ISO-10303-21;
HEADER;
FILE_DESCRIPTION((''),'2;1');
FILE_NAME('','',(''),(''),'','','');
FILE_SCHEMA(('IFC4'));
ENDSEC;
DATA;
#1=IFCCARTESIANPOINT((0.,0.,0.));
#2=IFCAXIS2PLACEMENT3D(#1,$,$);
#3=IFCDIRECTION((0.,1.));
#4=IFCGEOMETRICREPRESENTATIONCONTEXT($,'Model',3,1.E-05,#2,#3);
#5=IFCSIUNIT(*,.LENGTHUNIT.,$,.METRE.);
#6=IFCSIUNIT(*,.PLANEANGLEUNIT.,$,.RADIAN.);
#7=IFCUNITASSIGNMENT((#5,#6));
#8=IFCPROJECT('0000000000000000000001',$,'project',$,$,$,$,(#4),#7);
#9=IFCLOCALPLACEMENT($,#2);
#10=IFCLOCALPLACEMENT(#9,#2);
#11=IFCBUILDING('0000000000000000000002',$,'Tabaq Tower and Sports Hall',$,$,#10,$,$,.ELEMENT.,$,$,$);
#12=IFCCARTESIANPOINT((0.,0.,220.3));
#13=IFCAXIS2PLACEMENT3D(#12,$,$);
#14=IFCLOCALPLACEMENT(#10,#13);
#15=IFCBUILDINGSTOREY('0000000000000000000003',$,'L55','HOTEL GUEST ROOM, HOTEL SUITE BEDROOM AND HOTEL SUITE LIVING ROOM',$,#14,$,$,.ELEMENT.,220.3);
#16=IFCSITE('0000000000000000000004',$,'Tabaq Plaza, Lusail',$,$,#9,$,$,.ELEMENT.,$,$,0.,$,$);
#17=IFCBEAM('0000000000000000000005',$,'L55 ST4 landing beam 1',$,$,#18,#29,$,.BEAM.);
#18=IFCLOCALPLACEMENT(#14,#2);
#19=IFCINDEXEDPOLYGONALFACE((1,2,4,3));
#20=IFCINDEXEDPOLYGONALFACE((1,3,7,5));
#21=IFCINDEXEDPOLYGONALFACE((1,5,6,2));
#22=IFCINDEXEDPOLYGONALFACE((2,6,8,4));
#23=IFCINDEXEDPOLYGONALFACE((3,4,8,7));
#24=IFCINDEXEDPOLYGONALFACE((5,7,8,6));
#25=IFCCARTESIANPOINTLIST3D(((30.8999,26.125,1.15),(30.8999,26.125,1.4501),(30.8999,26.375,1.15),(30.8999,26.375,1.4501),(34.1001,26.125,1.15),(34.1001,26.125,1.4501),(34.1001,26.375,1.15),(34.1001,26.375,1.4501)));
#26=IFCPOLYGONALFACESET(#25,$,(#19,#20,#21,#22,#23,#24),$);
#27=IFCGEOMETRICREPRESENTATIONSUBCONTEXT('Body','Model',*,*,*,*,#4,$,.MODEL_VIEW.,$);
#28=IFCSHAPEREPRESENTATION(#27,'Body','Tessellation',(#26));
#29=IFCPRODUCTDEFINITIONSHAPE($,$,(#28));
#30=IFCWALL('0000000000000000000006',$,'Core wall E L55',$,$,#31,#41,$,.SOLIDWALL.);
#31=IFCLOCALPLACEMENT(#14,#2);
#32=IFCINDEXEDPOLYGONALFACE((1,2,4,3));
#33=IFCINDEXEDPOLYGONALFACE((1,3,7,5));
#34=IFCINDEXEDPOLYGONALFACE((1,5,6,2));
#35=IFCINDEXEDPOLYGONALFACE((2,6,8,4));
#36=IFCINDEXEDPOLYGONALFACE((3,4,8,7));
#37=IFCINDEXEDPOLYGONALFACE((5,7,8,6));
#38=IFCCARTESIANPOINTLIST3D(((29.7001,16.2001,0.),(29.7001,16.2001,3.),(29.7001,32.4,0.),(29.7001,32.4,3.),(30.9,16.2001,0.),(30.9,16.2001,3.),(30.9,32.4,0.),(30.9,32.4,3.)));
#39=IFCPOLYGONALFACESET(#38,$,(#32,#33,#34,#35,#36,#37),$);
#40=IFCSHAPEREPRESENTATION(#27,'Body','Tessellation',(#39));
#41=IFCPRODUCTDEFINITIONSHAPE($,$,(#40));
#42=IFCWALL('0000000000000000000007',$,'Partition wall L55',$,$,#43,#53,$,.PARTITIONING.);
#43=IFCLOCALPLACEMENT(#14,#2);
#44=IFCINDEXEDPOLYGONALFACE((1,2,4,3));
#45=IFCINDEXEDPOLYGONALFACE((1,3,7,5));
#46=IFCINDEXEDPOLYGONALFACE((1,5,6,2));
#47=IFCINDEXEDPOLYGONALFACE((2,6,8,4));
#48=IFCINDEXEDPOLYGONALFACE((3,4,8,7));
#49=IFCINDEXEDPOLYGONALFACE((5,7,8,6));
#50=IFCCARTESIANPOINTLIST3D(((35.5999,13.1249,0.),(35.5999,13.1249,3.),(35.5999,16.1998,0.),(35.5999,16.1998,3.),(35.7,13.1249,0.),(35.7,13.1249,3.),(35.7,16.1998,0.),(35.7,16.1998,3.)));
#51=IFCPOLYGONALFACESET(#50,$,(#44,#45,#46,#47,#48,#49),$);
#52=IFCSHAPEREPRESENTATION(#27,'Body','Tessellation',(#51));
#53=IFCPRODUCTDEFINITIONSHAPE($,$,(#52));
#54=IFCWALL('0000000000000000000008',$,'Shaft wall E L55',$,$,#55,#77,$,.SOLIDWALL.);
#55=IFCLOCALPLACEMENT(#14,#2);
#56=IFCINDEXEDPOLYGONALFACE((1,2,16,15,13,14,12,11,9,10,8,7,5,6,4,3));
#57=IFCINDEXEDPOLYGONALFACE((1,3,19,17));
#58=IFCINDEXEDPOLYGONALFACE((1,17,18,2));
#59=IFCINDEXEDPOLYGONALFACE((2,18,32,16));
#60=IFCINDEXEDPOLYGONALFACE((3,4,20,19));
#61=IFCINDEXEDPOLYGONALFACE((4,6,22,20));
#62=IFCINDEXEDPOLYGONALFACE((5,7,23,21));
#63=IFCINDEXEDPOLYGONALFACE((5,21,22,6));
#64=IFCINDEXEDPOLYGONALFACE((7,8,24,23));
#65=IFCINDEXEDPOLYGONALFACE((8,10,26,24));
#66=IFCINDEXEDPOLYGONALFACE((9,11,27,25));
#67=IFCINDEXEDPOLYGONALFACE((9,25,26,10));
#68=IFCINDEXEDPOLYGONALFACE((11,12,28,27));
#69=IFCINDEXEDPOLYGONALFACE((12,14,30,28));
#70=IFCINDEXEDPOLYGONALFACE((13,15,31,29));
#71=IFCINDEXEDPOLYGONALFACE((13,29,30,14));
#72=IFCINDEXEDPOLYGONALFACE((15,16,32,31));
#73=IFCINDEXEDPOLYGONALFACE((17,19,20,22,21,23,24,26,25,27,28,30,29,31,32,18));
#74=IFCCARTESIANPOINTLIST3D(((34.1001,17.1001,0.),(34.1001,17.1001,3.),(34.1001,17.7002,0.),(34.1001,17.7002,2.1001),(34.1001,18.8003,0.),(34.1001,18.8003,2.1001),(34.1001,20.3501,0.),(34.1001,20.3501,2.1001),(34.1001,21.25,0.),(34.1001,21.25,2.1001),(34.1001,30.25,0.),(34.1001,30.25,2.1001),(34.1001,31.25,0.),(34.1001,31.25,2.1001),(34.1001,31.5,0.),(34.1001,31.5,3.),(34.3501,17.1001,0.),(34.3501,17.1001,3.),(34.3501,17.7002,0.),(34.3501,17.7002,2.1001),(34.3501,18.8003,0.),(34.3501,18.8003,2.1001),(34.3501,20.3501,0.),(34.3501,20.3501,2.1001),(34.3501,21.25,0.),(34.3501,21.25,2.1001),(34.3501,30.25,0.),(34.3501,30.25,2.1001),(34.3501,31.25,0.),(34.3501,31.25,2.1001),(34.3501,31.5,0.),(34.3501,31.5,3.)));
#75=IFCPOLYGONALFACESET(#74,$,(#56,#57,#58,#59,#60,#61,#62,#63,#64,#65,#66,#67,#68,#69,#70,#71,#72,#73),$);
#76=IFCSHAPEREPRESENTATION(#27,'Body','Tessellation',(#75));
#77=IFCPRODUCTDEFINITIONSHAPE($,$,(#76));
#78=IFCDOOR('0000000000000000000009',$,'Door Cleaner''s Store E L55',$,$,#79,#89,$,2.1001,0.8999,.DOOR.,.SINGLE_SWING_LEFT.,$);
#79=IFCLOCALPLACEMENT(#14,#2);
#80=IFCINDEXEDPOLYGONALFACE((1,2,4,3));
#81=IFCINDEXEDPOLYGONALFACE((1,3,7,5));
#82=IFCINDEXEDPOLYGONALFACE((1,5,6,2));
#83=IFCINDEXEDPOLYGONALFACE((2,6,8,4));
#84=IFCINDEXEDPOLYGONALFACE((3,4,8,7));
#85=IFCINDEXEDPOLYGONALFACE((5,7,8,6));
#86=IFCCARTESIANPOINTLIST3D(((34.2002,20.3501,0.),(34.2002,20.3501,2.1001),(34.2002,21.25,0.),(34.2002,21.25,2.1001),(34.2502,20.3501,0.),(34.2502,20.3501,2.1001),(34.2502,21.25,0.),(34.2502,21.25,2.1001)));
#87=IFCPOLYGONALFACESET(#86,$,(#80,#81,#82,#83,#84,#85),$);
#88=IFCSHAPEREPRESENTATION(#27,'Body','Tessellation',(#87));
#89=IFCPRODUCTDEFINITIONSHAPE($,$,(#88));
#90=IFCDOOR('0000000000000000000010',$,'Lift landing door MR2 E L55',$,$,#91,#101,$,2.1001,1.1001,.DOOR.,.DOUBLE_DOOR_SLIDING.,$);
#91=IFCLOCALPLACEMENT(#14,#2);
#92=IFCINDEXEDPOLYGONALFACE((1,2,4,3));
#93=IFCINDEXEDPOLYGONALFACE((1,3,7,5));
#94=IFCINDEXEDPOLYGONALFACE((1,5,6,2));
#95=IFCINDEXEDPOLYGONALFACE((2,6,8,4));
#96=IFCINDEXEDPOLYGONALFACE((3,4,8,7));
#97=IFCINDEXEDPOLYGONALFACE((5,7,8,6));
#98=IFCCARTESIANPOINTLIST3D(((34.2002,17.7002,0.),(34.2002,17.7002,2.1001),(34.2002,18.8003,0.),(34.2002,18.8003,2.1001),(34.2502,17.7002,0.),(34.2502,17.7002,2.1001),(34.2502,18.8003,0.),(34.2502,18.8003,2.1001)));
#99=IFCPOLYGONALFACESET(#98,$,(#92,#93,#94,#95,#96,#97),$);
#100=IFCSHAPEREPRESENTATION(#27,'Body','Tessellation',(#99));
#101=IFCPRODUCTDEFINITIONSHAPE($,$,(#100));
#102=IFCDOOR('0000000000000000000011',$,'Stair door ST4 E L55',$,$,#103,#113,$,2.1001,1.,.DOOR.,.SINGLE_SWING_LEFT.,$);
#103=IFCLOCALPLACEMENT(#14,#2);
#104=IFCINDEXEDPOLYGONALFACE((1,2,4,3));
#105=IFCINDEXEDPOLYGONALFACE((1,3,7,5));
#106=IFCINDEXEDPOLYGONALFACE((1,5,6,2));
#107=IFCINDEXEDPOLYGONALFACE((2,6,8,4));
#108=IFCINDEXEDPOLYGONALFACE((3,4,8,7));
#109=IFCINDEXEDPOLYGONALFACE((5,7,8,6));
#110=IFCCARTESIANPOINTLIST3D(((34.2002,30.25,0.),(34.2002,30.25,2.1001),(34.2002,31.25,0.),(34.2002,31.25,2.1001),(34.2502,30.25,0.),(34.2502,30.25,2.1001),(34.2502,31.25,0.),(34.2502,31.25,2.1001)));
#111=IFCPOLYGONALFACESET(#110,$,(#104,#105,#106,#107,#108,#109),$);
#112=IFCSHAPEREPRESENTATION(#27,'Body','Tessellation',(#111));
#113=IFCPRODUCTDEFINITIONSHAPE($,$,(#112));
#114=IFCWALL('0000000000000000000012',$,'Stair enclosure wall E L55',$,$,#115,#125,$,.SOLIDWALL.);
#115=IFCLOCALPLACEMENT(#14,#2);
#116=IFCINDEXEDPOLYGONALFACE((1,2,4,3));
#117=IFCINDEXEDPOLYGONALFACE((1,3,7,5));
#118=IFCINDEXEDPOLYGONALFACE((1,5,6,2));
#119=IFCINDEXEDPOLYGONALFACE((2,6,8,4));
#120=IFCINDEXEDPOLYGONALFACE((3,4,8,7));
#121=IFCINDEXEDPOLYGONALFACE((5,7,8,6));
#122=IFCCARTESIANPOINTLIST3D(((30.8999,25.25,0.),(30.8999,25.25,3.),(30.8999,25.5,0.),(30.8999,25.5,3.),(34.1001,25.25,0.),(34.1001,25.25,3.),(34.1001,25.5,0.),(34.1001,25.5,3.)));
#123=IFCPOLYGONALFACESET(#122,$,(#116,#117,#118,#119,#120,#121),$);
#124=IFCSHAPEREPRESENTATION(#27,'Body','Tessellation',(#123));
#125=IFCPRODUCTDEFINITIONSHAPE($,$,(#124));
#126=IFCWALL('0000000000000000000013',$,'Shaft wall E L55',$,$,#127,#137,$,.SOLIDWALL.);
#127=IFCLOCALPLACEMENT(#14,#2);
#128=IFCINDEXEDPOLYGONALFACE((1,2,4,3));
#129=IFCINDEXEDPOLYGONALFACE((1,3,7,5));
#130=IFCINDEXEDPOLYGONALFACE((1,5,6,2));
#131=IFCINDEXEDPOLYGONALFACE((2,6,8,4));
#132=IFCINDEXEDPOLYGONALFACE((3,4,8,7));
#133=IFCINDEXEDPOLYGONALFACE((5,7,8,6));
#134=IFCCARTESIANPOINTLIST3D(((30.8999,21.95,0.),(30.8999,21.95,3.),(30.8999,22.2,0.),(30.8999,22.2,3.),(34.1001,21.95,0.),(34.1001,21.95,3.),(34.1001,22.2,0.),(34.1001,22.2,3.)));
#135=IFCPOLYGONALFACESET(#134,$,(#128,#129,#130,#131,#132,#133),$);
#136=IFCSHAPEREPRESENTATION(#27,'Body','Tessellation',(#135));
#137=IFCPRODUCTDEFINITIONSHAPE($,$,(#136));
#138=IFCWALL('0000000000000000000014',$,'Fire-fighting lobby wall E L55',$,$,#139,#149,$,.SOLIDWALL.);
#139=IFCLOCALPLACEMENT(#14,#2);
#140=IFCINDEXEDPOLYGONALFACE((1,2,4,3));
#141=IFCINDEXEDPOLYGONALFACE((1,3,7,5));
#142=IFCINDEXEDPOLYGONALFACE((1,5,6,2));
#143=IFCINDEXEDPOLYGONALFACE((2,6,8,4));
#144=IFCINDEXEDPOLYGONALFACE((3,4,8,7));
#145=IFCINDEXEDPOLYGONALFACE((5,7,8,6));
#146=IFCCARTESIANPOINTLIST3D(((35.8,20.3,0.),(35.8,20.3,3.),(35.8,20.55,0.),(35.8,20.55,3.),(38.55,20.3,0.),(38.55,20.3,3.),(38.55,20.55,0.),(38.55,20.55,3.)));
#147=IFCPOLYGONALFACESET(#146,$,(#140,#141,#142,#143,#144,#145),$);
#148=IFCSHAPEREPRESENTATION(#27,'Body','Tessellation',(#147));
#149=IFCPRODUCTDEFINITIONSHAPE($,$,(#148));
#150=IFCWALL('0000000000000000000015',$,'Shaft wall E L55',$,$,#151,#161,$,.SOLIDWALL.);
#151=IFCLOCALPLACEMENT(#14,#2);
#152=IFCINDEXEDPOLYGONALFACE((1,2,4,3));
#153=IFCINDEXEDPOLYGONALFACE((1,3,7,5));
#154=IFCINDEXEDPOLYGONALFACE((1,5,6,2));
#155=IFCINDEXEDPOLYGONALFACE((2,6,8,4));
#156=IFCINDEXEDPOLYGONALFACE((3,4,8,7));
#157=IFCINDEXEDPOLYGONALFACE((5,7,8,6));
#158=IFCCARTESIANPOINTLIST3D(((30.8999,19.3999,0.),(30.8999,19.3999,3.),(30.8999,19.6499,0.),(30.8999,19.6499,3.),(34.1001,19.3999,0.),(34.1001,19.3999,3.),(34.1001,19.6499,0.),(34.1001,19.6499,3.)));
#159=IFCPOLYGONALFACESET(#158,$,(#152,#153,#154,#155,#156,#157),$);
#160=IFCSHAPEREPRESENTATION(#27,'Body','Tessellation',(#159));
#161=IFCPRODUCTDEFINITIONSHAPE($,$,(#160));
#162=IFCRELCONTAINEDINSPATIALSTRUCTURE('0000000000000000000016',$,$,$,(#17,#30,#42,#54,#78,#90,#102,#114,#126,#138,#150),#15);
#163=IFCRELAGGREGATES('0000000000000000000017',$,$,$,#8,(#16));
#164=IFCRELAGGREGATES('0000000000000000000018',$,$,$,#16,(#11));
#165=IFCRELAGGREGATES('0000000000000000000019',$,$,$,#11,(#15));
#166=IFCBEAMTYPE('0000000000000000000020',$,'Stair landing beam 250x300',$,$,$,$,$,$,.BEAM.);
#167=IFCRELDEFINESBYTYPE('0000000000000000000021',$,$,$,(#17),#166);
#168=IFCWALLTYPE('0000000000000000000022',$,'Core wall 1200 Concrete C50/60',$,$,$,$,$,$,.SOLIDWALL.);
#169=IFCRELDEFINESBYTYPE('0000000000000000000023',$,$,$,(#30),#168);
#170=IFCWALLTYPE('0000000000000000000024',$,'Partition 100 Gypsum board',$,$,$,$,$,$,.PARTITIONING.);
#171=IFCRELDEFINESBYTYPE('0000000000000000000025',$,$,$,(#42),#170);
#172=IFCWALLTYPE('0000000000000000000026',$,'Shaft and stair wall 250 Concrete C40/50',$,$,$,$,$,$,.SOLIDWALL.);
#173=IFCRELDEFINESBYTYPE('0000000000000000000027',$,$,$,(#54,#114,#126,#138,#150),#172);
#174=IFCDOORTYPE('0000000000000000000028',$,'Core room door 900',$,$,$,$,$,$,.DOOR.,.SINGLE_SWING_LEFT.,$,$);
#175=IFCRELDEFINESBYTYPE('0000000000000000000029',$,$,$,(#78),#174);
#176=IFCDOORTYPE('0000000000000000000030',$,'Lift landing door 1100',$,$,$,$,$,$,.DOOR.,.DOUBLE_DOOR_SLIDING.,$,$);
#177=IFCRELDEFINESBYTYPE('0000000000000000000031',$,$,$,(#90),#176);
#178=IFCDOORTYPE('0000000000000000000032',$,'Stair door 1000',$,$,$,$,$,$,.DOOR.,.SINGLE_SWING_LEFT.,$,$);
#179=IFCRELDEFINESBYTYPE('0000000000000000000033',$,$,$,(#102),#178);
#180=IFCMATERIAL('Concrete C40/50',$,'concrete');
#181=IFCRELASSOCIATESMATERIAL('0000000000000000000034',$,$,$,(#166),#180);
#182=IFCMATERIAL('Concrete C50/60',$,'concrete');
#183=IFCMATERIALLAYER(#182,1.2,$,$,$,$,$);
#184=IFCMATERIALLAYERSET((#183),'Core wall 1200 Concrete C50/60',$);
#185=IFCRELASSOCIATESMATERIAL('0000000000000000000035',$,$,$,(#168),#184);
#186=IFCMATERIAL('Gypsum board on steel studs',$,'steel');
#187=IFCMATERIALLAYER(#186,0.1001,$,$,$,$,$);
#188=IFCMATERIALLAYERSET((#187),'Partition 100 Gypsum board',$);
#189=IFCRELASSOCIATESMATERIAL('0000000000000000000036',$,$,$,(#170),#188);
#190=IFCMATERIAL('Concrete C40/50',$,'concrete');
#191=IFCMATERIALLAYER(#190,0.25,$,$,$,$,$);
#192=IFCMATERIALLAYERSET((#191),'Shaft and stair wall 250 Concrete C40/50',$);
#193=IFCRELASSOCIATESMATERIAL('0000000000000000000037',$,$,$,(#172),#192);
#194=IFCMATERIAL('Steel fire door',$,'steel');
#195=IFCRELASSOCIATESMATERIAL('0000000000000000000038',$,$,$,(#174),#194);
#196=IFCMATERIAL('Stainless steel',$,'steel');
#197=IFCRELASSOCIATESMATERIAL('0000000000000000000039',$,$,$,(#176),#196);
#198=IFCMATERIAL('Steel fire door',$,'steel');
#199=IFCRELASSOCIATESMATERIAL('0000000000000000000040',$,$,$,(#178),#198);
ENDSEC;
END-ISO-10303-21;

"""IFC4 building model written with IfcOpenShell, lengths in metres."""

from ifc_helpers import new_model, si_unit, direction, frame, frame_2d, origin, origin_2d, place, context, subcontext, project, spatial, rectangle, extrude, material, layer, layer_set, material_profile, profile_set, type_object, element, fill, save


model = new_model("IFC4")

# Units and contexts
model_context = context("Model", 3, precision=1e-05, world=origin(), true_north=direction((0.0, 1.0)))
body_context = subcontext(model_context, "Body", "Model", "MODEL_VIEW")
ifc_project = project(units=[si_unit("LENGTHUNIT", "METRE"), si_unit("PLANEANGLEUNIT", "RADIAN")], contexts=[model_context])

# Site, building, storey
site_placement = place(None, origin())
site = spatial("IfcSite", under=ifc_project, at=site_placement, Name="Tabaq Plaza, Lusail", CompositionType="ELEMENT", RefElevation=0.0)
building_placement = place(site_placement, origin())
building = spatial("IfcBuilding", under=site, at=building_placement, Name="Tabaq Tower and Sports Hall", CompositionType="ELEMENT")
storey_placement = place(building_placement, frame((0.0, 0.0, 220.3)))
storey = spatial("IfcBuildingStorey", under=building, at=storey_placement, Name="L55", Description="HOTEL GUEST ROOM, HOTEL SUITE BEDROOM AND HOTEL SUITE LIVING ROOM", CompositionType="ELEMENT", Elevation=220.3)

# Beam
ifc_material_1 = material(Name="Concrete C40/50", Category="concrete")
ifc_material_profile = material_profile(ifc_material_1, rectangle(XDim=0.25, YDim=0.3, at=origin_2d()), Name="RC 250x300")
ifc_profile_set = profile_set([ifc_material_profile], Name="Concrete C40/50")
beam_type = type_object("IfcBeamType", Name="Stair landing beam 250x300", PredefinedType="BEAM", material=ifc_profile_set)
beam_placement = place(storey_placement, frame((30.8999, 26.25, 1.3), z_axis=(1.0, 0.0, 0.0), x_axis=(0.0, 1.0, 0.0)))
element("IfcBeam", 1, at=beam_placement, inside=storey, type_object=beam_type, Name="L55 ST4 landing beam 1", PredefinedType="BEAM", context=body_context, shape_type="SweptSolid", body=[
    extrude(rectangle(XDim=0.25, YDim=0.3, at=origin_2d()), origin(), (0.0, 0.0, 1.0), 3.2002),
])

# Walls
ifc_material_2 = material(Name="Concrete C50/60", Category="concrete")
ifc_layer_1 = layer(ifc_material_2, 1.2)
ifc_layer_set_1 = layer_set([ifc_layer_1], Name="Core wall 1200 Concrete C50/60")
wall_type_1 = type_object("IfcWallType", Name="Core wall 1200 Concrete C50/60", PredefinedType="SOLIDWALL", material=ifc_layer_set_1)
wall_1_placement = place(storey_placement, frame((30.3, 16.2, 0.0), z_axis=(0.0, 0.0, 1.0), x_axis=(0.0, 1.0, 0.0)))
element("IfcWall", 2, at=wall_1_placement, inside=storey, type_object=wall_type_1, Name="Core wall E L55", PredefinedType="SOLIDWALL", context=body_context, shape_type="SweptSolid", body=[
    extrude(rectangle(XDim=16.2, YDim=1.2, at=frame_2d((8.1001, 0.0))), origin(), (0.0, 0.0, 1.0), 3.0),
])
ifc_material_3 = material(Name="Gypsum board on steel studs", Category="steel")
ifc_layer_2 = layer(ifc_material_3, 0.1001)
ifc_layer_set_2 = layer_set([ifc_layer_2], Name="Partition 100 Gypsum board")
wall_type_2 = type_object("IfcWallType", Name="Partition 100 Gypsum board", PredefinedType="PARTITIONING", material=ifc_layer_set_2)
wall_2_placement = place(storey_placement, frame((35.6499, 16.2, 0.0), z_axis=(0.0, 0.0, 1.0), x_axis=(0.0, -1.0, 0.0)))
element("IfcWall", 3, at=wall_2_placement, inside=storey, type_object=wall_type_2, Name="Partition wall L55", PredefinedType="PARTITIONING", context=body_context, shape_type="SweptSolid", body=[
    extrude(rectangle(XDim=3.075, YDim=0.1001, at=frame_2d((1.5376, 0.0))), origin(), (0.0, 0.0, 1.0), 3.0),
])

# Wall, openings, doors
ifc_material_4 = material(Name="Concrete C40/50", Category="concrete")
ifc_layer_3 = layer(ifc_material_4, 0.25)
ifc_layer_set_3 = layer_set([ifc_layer_3], Name="Shaft and stair wall 250 Concrete C40/50")
wall_type_3 = type_object("IfcWallType", Name="Shaft and stair wall 250 Concrete C40/50", PredefinedType="SOLIDWALL", material=ifc_layer_set_3)
wall_3_placement = place(storey_placement, frame((34.2251, 17.1001, 0.0), z_axis=(0.0, 0.0, 1.0), x_axis=(0.0, 1.0, 0.0)))
wall_3 = element("IfcWall", 4, at=wall_3_placement, inside=storey, type_object=wall_type_3, Name="Shaft wall E L55", PredefinedType="SOLIDWALL", context=body_context, shape_type="SweptSolid", body=[
    extrude(rectangle(XDim=14.3999, YDim=0.25, at=frame_2d((7.2, 0.0))), origin(), (0.0, 0.0, 1.0), 3.0),
])
opening_1_placement = place(wall_3_placement, frame((13.1499, 0.0, 0.0)))
opening_1 = element("IfcOpeningElement", 5, at=opening_1_placement, cuts=wall_3, PredefinedType="OPENING", context=body_context, shape_type="SweptSolid", body=[
    extrude(rectangle(XDim=1.0, YDim=2.1001, at=frame_2d((0.5, 1.05))), frame((0.0, 0.125, 0.0), z_axis=(0.0, -1.0, 0.0), x_axis=(1.0, 0.0, 0.0)), (0.0, 0.0, 1.0), 0.25),
])
opening_2_placement = place(wall_3_placement, frame((0.6001, 0.0, 0.0)))
opening_2 = element("IfcOpeningElement", 6, at=opening_2_placement, cuts=wall_3, PredefinedType="OPENING", context=body_context, shape_type="SweptSolid", body=[
    extrude(rectangle(XDim=1.1001, YDim=2.1001, at=frame_2d((0.55, 1.05))), frame((0.0, 0.125, 0.0), z_axis=(0.0, -1.0, 0.0), x_axis=(1.0, 0.0, 0.0)), (0.0, 0.0, 1.0), 0.25),
])
opening_3_placement = place(wall_3_placement, frame((3.25, 0.0, 0.0)))
opening_3 = element("IfcOpeningElement", 7, at=opening_3_placement, cuts=wall_3, PredefinedType="OPENING", context=body_context, shape_type="SweptSolid", body=[
    extrude(rectangle(XDim=0.8999, YDim=2.1001, at=frame_2d((0.45, 1.05))), frame((0.0, 0.125, 0.0), z_axis=(0.0, -1.0, 0.0), x_axis=(1.0, 0.0, 0.0)), (0.0, 0.0, 1.0), 0.25),
])
ifc_material_5 = material(Name="Steel fire door", Category="steel")
door_type_1 = type_object("IfcDoorType", Name="Core room door 900", OperationType="SINGLE_SWING_LEFT", PredefinedType="DOOR", material=ifc_material_5)
door_1_placement = place(opening_3_placement, origin())
door_1 = element("IfcDoor", 8, at=door_1_placement, inside=storey, type_object=door_type_1, Name="Door Cleaner's Store E L55", OperationType="SINGLE_SWING_LEFT", OverallHeight=2.1001, OverallWidth=0.8999, PredefinedType="DOOR", context=body_context, shape_type="SweptSolid", body=[
    extrude(rectangle(XDim=0.8999, YDim=2.1001, at=frame_2d((0.45, 1.05))), frame((0.0, 0.0249, 0.0), z_axis=(0.0, -1.0, 0.0), x_axis=(1.0, 0.0, 0.0)), (0.0, 0.0, 1.0), 0.05),
])
fill(opening_3, door_1)
ifc_material_6 = material(Name="Stainless steel", Category="steel")
door_type_2 = type_object("IfcDoorType", Name="Lift landing door 1100", OperationType="DOUBLE_DOOR_SLIDING", PredefinedType="DOOR", material=ifc_material_6)
door_2_placement = place(opening_2_placement, origin())
door_2 = element("IfcDoor", 9, at=door_2_placement, inside=storey, type_object=door_type_2, Name="Lift landing door MR2 E L55", OperationType="DOUBLE_DOOR_SLIDING", OverallHeight=2.1001, OverallWidth=1.1001, PredefinedType="DOOR", context=body_context, shape_type="SweptSolid", body=[
    extrude(rectangle(XDim=1.1001, YDim=2.1001, at=frame_2d((0.55, 1.05))), frame((0.0, 0.0249, 0.0), z_axis=(0.0, -1.0, 0.0), x_axis=(1.0, 0.0, 0.0)), (0.0, 0.0, 1.0), 0.05),
])
fill(opening_2, door_2)
ifc_material_7 = material(Name="Steel fire door", Category="steel")
door_type_3 = type_object("IfcDoorType", Name="Stair door 1000", OperationType="SINGLE_SWING_LEFT", PredefinedType="DOOR", material=ifc_material_7)
door_3_placement = place(opening_1_placement, origin())
door_3 = element("IfcDoor", 10, at=door_3_placement, inside=storey, type_object=door_type_3, Name="Stair door ST4 E L55", OperationType="SINGLE_SWING_LEFT", OverallHeight=2.1001, OverallWidth=1.0, PredefinedType="DOOR", context=body_context, shape_type="SweptSolid", body=[
    extrude(rectangle(XDim=1.0, YDim=2.1001, at=frame_2d((0.5, 1.05))), frame((0.0, 0.0249, 0.0), z_axis=(0.0, -1.0, 0.0), x_axis=(1.0, 0.0, 0.0)), (0.0, 0.0, 1.0), 0.05),
])
fill(opening_1, door_3)

# Walls
for number, where, z_axis, x_axis, name in (
    (11, (30.8999, 25.375, 0.0), (0.0, 0.0, 1.0), (1.0, 0.0, 0.0), "Stair enclosure wall E L55"),
    (12, (30.8999, 22.075, 0.0), (0.0, 0.0, 1.0), (1.0, 0.0, 0.0), "Shaft wall E L55"),
):
    element("IfcWall", number, at=place(storey_placement, frame(where, z_axis=z_axis, x_axis=x_axis)), inside=storey, type_object=wall_type_3, Name=name, PredefinedType="SOLIDWALL", context=body_context, shape_type="SweptSolid", body=[
        extrude(rectangle(XDim=3.2002, YDim=0.25, at=frame_2d((1.6001, 0.0))), origin(), (0.0, 0.0, 1.0), 3.0),
    ])
wall_4_placement = place(storey_placement, frame((35.8, 20.425, 0.0), z_axis=(0.0, 0.0, 1.0), x_axis=(1.0, 0.0, 0.0)))
element("IfcWall", 13, at=wall_4_placement, inside=storey, type_object=wall_type_3, Name="Fire-fighting lobby wall E L55", PredefinedType="SOLIDWALL", context=body_context, shape_type="SweptSolid", body=[
    extrude(rectangle(XDim=2.75, YDim=0.25, at=frame_2d((1.375, 0.0))), origin(), (0.0, 0.0, 1.0), 3.0),
])
wall_5_placement = place(storey_placement, frame((30.8999, 19.5249, 0.0), z_axis=(0.0, 0.0, 1.0), x_axis=(1.0, 0.0, 0.0)))
element("IfcWall", 14, at=wall_5_placement, inside=storey, type_object=wall_type_3, Name="Shaft wall E L55", PredefinedType="SOLIDWALL", context=body_context, shape_type="SweptSolid", body=[
    extrude(rectangle(XDim=3.2002, YDim=0.25, at=frame_2d((1.6001, 0.0))), origin(), (0.0, 0.0, 1.0), 3.0),
])

save(model, "model.ifc")
